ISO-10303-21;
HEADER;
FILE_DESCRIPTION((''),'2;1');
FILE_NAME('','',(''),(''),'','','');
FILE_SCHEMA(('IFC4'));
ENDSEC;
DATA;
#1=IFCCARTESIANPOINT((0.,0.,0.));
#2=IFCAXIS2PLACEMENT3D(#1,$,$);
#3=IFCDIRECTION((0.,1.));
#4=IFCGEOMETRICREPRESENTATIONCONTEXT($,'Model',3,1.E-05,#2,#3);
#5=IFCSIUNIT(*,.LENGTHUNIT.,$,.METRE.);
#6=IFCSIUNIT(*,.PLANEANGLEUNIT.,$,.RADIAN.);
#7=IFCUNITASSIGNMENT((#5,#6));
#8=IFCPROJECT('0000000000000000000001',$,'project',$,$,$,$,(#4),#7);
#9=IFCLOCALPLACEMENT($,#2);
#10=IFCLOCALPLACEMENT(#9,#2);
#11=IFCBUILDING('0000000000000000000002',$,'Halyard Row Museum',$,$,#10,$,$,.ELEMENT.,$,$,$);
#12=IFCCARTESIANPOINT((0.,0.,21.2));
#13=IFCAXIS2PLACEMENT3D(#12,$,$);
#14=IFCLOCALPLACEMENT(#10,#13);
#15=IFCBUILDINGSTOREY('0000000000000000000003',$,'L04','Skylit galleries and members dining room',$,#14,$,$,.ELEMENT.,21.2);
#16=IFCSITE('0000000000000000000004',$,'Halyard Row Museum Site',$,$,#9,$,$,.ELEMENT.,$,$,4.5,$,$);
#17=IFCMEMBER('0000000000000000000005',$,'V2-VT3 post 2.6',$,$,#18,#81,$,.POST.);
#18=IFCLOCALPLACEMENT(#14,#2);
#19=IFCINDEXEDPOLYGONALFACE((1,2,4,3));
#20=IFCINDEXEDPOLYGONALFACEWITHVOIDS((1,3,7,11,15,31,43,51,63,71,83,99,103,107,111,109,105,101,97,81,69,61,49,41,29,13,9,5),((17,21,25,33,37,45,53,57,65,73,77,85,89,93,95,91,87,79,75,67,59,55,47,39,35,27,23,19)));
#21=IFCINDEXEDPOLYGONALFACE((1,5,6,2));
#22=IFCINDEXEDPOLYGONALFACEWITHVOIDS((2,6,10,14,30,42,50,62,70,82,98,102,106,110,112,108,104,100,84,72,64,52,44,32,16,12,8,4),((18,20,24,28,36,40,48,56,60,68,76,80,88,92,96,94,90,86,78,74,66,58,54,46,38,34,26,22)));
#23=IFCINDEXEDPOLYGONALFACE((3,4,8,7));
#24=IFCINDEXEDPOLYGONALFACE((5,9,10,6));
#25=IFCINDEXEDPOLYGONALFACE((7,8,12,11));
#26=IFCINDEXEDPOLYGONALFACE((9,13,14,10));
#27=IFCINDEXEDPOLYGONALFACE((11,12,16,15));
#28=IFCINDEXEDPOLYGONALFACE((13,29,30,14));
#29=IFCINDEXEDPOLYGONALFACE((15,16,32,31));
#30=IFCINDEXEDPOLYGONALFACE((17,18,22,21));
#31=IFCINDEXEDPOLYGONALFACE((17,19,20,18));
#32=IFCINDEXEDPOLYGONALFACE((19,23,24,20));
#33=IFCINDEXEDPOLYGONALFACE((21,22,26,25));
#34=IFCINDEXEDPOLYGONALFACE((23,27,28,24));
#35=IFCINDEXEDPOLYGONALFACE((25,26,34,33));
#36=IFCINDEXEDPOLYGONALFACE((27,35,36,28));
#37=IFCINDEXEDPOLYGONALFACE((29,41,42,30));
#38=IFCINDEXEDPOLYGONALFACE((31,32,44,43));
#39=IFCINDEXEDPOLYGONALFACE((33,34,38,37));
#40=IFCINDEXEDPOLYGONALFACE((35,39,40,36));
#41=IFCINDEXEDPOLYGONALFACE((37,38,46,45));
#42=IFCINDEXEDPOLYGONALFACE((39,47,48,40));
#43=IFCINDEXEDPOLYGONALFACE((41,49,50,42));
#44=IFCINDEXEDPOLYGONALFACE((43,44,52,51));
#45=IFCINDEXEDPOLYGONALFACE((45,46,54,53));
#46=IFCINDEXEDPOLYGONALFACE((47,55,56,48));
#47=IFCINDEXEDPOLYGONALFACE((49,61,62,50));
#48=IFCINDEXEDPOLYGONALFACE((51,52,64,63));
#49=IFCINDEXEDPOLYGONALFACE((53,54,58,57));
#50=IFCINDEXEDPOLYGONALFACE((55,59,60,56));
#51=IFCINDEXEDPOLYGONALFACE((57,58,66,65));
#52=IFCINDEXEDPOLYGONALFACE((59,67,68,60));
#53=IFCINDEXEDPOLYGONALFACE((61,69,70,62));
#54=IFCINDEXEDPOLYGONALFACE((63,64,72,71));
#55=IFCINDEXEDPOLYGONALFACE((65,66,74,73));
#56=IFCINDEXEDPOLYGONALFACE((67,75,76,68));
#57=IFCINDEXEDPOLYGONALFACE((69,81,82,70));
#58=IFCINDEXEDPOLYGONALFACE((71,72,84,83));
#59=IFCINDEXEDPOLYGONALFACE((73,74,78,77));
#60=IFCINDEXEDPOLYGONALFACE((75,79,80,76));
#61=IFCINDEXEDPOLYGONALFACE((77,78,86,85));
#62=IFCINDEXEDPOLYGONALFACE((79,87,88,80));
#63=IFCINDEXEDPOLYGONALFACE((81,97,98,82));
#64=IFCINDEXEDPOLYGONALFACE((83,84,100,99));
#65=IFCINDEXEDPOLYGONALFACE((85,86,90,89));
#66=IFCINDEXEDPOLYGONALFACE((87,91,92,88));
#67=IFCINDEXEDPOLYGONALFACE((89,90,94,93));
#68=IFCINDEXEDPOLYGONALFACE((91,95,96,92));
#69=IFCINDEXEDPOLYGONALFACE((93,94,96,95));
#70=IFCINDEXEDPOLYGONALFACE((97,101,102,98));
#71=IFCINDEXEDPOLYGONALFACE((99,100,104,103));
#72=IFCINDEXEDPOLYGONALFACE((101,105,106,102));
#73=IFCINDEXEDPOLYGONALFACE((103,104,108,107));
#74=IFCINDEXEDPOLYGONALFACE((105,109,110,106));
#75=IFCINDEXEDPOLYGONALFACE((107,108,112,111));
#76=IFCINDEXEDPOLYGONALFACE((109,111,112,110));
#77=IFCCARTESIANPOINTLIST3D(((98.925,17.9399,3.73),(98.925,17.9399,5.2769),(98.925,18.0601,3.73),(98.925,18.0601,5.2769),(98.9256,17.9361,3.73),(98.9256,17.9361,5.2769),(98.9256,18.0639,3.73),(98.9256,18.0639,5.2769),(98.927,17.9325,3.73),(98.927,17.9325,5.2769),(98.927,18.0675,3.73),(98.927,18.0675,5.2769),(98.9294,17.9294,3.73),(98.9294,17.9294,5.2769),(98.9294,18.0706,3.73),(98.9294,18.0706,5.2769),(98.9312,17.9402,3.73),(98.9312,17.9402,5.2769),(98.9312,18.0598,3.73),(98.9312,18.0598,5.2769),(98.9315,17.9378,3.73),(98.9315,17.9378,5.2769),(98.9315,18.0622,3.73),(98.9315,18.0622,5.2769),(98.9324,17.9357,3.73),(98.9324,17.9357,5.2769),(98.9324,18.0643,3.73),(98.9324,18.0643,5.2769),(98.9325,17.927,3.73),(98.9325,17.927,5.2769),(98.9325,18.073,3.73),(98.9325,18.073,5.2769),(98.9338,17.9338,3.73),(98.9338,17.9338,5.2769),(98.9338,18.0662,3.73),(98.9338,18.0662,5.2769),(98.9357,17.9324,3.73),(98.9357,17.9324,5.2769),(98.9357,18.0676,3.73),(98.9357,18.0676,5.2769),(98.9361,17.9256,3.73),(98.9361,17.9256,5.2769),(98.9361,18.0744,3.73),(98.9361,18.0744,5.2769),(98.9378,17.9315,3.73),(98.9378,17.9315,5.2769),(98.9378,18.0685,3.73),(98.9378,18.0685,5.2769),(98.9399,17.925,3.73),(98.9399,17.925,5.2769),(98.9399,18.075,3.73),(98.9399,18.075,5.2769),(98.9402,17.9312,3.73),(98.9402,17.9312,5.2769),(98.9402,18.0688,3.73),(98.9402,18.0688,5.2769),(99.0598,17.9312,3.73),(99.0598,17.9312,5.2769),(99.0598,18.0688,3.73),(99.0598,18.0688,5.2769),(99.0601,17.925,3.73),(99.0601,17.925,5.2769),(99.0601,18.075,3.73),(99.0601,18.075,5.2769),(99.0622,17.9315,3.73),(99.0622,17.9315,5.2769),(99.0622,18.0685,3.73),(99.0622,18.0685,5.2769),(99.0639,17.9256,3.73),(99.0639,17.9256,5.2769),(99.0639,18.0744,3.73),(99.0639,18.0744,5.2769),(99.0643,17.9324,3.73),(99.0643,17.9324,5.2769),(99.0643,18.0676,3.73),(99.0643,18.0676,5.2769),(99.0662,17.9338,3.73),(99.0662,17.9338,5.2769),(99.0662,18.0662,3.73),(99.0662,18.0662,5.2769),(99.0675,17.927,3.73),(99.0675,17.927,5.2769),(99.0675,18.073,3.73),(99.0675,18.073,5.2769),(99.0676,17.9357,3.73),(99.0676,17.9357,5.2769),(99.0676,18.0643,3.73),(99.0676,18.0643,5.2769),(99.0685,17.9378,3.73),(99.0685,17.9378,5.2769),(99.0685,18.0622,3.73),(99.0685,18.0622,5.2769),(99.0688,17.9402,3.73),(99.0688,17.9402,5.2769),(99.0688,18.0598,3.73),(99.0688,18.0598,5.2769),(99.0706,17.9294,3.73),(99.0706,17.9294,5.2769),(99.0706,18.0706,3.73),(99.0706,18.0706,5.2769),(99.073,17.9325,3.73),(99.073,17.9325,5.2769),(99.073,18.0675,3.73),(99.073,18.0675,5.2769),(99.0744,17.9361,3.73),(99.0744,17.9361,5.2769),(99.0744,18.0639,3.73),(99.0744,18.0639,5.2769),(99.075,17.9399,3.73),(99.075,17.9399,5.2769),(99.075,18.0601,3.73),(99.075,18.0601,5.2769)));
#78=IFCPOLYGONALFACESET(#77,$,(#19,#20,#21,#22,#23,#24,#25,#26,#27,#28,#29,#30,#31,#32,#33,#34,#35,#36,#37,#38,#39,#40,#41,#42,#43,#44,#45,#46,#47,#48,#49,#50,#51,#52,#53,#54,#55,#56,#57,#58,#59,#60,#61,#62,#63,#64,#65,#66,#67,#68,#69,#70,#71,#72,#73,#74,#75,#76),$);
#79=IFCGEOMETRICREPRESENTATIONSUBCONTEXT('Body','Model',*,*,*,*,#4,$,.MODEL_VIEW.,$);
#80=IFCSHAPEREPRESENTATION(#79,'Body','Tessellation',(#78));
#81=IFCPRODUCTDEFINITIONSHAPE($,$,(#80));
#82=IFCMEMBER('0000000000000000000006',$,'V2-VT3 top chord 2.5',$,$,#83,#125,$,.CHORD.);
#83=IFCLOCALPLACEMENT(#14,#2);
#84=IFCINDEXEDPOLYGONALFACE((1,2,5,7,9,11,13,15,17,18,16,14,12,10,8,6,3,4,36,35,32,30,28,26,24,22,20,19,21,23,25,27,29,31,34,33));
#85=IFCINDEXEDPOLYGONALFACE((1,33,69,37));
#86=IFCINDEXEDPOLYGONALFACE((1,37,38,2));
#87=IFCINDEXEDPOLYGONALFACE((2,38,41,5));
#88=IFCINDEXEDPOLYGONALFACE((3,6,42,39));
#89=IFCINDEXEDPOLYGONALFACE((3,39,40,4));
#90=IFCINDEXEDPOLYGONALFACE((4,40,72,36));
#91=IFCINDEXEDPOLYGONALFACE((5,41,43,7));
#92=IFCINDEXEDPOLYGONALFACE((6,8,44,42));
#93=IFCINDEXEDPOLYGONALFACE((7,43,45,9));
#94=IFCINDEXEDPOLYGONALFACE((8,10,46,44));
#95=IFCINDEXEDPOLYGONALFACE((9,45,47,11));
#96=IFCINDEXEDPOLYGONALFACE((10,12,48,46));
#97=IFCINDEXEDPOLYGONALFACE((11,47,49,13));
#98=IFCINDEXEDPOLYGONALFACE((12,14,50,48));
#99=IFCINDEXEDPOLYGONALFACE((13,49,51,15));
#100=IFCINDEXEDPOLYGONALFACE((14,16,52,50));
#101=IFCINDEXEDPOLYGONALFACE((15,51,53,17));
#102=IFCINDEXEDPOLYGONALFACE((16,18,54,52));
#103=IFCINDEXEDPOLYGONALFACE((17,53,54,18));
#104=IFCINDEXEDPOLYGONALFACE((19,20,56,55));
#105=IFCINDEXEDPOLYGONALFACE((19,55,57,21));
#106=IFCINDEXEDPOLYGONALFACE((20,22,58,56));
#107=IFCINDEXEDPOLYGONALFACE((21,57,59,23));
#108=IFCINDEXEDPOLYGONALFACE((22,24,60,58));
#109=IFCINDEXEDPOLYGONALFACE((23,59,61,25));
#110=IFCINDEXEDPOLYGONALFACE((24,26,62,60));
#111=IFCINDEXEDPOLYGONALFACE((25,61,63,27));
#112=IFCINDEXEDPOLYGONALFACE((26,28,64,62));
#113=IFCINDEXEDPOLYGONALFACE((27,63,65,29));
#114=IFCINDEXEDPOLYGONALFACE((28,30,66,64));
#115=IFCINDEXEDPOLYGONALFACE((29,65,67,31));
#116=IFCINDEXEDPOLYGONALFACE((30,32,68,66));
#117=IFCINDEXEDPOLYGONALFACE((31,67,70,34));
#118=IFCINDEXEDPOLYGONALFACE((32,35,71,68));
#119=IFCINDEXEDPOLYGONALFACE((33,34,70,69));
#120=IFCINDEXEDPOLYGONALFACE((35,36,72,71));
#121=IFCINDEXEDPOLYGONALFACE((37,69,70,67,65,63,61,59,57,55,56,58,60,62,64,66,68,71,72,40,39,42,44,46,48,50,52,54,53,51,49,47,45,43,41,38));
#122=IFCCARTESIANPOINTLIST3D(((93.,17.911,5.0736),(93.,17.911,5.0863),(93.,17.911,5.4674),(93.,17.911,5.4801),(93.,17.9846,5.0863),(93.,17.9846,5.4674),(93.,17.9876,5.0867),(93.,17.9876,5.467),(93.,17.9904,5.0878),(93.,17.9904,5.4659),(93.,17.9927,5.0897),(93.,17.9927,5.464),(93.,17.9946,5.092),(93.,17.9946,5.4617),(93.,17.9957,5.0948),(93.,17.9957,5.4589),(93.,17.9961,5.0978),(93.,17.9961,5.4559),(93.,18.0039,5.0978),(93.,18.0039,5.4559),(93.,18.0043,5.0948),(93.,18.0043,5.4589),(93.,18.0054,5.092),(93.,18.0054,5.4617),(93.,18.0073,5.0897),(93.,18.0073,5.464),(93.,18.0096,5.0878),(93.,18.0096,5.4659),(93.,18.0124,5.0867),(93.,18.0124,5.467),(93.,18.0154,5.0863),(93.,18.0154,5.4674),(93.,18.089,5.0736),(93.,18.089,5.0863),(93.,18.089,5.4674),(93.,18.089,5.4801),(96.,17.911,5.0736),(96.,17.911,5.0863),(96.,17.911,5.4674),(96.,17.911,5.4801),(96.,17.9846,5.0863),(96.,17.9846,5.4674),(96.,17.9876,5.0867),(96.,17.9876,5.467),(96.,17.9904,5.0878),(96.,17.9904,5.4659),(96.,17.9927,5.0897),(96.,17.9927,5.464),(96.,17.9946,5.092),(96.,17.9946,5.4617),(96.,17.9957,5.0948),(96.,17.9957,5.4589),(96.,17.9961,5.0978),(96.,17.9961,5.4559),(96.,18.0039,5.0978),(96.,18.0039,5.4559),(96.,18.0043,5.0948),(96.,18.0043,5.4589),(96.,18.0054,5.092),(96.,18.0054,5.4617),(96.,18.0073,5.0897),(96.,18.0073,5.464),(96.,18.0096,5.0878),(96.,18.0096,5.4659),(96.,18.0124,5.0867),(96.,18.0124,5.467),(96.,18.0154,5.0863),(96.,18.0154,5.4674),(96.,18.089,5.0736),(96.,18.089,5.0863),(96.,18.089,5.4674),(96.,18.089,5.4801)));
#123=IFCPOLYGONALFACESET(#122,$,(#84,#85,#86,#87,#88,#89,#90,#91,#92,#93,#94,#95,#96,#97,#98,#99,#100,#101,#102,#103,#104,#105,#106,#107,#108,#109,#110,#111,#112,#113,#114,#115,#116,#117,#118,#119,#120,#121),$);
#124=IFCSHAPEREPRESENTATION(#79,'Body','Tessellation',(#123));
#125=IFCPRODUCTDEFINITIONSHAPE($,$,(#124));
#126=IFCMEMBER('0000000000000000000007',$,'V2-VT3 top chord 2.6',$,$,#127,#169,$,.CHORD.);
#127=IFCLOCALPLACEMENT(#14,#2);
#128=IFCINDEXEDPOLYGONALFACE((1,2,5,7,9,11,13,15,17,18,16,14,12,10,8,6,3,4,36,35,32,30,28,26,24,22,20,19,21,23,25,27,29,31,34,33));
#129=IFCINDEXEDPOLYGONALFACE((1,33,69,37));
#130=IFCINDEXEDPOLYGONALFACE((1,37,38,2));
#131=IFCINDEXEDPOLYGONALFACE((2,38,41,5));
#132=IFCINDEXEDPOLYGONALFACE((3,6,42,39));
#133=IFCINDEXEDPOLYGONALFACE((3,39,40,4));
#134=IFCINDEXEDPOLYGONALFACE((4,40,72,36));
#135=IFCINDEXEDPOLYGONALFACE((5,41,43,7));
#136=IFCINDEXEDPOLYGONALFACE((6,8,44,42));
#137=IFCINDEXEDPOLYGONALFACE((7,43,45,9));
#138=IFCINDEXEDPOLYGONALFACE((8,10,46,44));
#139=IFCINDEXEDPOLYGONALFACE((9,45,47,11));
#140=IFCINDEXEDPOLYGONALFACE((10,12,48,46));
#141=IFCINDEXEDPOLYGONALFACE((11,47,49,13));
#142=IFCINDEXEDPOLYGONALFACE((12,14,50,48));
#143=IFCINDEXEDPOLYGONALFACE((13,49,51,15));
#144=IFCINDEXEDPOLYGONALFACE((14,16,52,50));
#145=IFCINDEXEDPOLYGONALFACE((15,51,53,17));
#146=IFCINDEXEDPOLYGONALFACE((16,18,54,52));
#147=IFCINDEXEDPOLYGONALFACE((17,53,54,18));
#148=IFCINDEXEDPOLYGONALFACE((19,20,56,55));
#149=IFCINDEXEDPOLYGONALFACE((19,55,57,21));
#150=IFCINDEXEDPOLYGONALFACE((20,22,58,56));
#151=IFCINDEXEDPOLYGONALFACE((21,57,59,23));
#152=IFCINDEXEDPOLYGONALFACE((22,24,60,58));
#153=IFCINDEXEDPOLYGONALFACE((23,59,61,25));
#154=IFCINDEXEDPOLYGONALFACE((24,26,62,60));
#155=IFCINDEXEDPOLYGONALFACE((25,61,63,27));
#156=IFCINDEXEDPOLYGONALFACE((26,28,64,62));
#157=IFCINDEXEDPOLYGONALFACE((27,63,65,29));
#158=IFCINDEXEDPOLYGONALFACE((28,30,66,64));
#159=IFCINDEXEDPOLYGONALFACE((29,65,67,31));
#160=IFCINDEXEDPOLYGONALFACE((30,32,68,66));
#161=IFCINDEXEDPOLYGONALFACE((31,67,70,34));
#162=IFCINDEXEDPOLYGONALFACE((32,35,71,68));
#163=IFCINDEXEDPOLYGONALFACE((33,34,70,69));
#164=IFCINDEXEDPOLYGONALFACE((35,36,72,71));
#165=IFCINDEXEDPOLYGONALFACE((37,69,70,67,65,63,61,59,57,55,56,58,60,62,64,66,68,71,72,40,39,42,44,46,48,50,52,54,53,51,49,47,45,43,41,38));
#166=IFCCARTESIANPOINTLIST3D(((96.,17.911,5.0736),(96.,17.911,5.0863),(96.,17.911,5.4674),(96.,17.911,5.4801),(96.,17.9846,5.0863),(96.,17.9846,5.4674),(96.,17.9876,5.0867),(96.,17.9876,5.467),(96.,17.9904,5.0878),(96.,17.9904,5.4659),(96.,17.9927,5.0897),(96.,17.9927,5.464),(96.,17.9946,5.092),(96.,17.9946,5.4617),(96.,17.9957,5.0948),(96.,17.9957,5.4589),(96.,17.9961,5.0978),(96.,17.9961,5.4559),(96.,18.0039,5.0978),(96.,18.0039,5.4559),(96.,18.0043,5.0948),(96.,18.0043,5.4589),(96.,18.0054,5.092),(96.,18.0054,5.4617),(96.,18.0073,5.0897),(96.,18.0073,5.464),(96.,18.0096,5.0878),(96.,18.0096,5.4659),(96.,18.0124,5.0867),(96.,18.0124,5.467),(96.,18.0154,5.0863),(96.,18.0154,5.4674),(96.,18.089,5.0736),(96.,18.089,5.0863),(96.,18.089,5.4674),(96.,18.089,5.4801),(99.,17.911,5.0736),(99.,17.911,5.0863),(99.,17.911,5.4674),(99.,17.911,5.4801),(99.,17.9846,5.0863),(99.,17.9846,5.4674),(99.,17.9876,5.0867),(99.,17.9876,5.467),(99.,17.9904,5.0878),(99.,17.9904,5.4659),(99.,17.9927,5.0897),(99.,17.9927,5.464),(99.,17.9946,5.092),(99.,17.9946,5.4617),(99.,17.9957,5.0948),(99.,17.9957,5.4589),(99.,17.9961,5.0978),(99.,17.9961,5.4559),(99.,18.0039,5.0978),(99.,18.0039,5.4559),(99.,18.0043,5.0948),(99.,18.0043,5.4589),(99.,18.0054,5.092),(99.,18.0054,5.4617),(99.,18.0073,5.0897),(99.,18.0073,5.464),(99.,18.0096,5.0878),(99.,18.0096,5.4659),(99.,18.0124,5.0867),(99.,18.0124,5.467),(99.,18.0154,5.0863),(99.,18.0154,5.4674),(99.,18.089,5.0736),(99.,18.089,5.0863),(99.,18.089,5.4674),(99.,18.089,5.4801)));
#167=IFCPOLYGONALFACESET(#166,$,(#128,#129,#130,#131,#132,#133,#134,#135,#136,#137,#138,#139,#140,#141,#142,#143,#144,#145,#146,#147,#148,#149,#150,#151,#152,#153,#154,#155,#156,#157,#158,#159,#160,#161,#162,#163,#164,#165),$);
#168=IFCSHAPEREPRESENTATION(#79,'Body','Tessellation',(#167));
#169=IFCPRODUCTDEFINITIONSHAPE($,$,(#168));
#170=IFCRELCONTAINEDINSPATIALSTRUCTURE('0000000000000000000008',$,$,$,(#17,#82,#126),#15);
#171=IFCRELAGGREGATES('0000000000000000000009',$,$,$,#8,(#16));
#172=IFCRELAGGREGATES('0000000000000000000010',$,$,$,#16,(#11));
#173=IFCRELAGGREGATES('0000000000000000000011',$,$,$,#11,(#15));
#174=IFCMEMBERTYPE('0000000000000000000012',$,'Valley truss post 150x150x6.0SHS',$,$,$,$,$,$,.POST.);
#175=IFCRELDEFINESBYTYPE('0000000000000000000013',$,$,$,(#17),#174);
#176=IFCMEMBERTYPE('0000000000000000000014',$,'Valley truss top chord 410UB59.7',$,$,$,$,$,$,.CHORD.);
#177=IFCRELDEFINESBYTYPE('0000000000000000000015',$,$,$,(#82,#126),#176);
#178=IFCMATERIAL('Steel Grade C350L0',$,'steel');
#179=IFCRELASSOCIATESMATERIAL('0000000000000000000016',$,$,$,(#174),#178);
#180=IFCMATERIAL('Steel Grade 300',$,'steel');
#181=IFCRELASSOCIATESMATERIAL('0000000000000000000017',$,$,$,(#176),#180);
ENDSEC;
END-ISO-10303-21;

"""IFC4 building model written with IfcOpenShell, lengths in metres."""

from ifc_helpers import new_model, si_unit, direction, frame, origin, origin_2d, place, context, subcontext, project, spatial, hollow_rectangle, i_section, extrude, material, material_profile, profile_set, type_object, element, save


model = new_model("IFC4")

# Units and contexts
model_context = context("Model", 3, precision=1e-05, world=origin(), true_north=direction((0.0, 1.0)))
body_context = subcontext(model_context, "Body", "Model", "MODEL_VIEW")
ifc_project = project(units=[si_unit("LENGTHUNIT", "METRE"), si_unit("PLANEANGLEUNIT", "RADIAN")], contexts=[model_context])

# Site, building, storey
site_placement = place(None, origin())
site = spatial("IfcSite", under=ifc_project, at=site_placement, Name="Halyard Row Museum Site", CompositionType="ELEMENT", RefElevation=4.5)
building_placement = place(site_placement, origin())
building = spatial("IfcBuilding", under=site, at=building_placement, Name="Halyard Row Museum", CompositionType="ELEMENT")
storey_placement = place(building_placement, frame((0.0, 0.0, 21.2)))
storey = spatial("IfcBuildingStorey", under=building, at=storey_placement, Name="L04", Description="Skylit galleries and members dining room", CompositionType="ELEMENT", Elevation=21.2)

# Members
ifc_material_1 = material(Name="Steel Grade C350L0", Category="steel")
ifc_material_profile_1 = material_profile(ifc_material_1, hollow_rectangle(XDim=0.1499, YDim=0.1499, WallThickness=0.0061, InnerFilletRadius=0.009, OuterFilletRadius=0.0149, at=origin_2d()), Name="150x150x6.0SHS")
ifc_profile_set_1 = profile_set([ifc_material_profile_1], Name="Steel Grade C350L0")
member_type_1 = type_object("IfcMemberType", Name="Valley truss post 150x150x6.0SHS", PredefinedType="POST", material=ifc_profile_set_1)
for number, where, z_axis, x_axis, name in (
    (1, (99.0, 18.0, 3.73), (0.0, 0.0, 1.0), (1.0, 0.0, 0.0), "V2-VT3 post 2.6"),
):
    element("IfcMember", number, at=place(storey_placement, frame(where, z_axis=z_axis, x_axis=x_axis)), inside=storey, type_object=member_type_1, Name=name, PredefinedType="POST", context=body_context, shape_type="SweptSolid", body=[
        extrude(hollow_rectangle(XDim=0.1499, YDim=0.1499, WallThickness=0.0061, InnerFilletRadius=0.009, OuterFilletRadius=0.0149, at=origin_2d()), origin(), (0.0, 0.0, 1.0), 1.5469),
    ])
ifc_material_2 = material(Name="Steel Grade 300", Category="steel")
ifc_material_profile_2 = material_profile(ifc_material_2, i_section(OverallWidth=0.178, OverallDepth=0.4065, WebThickness=0.0078, FlangeThickness=0.0127, FilletRadius=0.0115, at=origin_2d()), Name="410UB59.7")
ifc_profile_set_2 = profile_set([ifc_material_profile_2], Name="Steel Grade 300")
member_type_2 = type_object("IfcMemberType", Name="Valley truss top chord 410UB59.7", PredefinedType="CHORD", material=ifc_profile_set_2)
for number, where, z_axis, x_axis, name in (
    (2, (93.0, 18.0, 5.2769), (1.0, 0.0, 0.0), (0.0, 1.0, 0.0), "V2-VT3 top chord 2.5"),
    (3, (96.0, 18.0, 5.2769), (1.0, 0.0, 0.0), (0.0, 1.0, 0.0), "V2-VT3 top chord 2.6"),
):
    element("IfcMember", number, at=place(storey_placement, frame(where, z_axis=z_axis, x_axis=x_axis)), inside=storey, type_object=member_type_2, Name=name, PredefinedType="CHORD", context=body_context, shape_type="SweptSolid", body=[
        extrude(i_section(OverallWidth=0.178, OverallDepth=0.4065, WebThickness=0.0078, FlangeThickness=0.0127, FilletRadius=0.0115, at=origin_2d()), origin(), (0.0, 0.0, 1.0), 3.0),
    ])

save(model, "model.ifc")
